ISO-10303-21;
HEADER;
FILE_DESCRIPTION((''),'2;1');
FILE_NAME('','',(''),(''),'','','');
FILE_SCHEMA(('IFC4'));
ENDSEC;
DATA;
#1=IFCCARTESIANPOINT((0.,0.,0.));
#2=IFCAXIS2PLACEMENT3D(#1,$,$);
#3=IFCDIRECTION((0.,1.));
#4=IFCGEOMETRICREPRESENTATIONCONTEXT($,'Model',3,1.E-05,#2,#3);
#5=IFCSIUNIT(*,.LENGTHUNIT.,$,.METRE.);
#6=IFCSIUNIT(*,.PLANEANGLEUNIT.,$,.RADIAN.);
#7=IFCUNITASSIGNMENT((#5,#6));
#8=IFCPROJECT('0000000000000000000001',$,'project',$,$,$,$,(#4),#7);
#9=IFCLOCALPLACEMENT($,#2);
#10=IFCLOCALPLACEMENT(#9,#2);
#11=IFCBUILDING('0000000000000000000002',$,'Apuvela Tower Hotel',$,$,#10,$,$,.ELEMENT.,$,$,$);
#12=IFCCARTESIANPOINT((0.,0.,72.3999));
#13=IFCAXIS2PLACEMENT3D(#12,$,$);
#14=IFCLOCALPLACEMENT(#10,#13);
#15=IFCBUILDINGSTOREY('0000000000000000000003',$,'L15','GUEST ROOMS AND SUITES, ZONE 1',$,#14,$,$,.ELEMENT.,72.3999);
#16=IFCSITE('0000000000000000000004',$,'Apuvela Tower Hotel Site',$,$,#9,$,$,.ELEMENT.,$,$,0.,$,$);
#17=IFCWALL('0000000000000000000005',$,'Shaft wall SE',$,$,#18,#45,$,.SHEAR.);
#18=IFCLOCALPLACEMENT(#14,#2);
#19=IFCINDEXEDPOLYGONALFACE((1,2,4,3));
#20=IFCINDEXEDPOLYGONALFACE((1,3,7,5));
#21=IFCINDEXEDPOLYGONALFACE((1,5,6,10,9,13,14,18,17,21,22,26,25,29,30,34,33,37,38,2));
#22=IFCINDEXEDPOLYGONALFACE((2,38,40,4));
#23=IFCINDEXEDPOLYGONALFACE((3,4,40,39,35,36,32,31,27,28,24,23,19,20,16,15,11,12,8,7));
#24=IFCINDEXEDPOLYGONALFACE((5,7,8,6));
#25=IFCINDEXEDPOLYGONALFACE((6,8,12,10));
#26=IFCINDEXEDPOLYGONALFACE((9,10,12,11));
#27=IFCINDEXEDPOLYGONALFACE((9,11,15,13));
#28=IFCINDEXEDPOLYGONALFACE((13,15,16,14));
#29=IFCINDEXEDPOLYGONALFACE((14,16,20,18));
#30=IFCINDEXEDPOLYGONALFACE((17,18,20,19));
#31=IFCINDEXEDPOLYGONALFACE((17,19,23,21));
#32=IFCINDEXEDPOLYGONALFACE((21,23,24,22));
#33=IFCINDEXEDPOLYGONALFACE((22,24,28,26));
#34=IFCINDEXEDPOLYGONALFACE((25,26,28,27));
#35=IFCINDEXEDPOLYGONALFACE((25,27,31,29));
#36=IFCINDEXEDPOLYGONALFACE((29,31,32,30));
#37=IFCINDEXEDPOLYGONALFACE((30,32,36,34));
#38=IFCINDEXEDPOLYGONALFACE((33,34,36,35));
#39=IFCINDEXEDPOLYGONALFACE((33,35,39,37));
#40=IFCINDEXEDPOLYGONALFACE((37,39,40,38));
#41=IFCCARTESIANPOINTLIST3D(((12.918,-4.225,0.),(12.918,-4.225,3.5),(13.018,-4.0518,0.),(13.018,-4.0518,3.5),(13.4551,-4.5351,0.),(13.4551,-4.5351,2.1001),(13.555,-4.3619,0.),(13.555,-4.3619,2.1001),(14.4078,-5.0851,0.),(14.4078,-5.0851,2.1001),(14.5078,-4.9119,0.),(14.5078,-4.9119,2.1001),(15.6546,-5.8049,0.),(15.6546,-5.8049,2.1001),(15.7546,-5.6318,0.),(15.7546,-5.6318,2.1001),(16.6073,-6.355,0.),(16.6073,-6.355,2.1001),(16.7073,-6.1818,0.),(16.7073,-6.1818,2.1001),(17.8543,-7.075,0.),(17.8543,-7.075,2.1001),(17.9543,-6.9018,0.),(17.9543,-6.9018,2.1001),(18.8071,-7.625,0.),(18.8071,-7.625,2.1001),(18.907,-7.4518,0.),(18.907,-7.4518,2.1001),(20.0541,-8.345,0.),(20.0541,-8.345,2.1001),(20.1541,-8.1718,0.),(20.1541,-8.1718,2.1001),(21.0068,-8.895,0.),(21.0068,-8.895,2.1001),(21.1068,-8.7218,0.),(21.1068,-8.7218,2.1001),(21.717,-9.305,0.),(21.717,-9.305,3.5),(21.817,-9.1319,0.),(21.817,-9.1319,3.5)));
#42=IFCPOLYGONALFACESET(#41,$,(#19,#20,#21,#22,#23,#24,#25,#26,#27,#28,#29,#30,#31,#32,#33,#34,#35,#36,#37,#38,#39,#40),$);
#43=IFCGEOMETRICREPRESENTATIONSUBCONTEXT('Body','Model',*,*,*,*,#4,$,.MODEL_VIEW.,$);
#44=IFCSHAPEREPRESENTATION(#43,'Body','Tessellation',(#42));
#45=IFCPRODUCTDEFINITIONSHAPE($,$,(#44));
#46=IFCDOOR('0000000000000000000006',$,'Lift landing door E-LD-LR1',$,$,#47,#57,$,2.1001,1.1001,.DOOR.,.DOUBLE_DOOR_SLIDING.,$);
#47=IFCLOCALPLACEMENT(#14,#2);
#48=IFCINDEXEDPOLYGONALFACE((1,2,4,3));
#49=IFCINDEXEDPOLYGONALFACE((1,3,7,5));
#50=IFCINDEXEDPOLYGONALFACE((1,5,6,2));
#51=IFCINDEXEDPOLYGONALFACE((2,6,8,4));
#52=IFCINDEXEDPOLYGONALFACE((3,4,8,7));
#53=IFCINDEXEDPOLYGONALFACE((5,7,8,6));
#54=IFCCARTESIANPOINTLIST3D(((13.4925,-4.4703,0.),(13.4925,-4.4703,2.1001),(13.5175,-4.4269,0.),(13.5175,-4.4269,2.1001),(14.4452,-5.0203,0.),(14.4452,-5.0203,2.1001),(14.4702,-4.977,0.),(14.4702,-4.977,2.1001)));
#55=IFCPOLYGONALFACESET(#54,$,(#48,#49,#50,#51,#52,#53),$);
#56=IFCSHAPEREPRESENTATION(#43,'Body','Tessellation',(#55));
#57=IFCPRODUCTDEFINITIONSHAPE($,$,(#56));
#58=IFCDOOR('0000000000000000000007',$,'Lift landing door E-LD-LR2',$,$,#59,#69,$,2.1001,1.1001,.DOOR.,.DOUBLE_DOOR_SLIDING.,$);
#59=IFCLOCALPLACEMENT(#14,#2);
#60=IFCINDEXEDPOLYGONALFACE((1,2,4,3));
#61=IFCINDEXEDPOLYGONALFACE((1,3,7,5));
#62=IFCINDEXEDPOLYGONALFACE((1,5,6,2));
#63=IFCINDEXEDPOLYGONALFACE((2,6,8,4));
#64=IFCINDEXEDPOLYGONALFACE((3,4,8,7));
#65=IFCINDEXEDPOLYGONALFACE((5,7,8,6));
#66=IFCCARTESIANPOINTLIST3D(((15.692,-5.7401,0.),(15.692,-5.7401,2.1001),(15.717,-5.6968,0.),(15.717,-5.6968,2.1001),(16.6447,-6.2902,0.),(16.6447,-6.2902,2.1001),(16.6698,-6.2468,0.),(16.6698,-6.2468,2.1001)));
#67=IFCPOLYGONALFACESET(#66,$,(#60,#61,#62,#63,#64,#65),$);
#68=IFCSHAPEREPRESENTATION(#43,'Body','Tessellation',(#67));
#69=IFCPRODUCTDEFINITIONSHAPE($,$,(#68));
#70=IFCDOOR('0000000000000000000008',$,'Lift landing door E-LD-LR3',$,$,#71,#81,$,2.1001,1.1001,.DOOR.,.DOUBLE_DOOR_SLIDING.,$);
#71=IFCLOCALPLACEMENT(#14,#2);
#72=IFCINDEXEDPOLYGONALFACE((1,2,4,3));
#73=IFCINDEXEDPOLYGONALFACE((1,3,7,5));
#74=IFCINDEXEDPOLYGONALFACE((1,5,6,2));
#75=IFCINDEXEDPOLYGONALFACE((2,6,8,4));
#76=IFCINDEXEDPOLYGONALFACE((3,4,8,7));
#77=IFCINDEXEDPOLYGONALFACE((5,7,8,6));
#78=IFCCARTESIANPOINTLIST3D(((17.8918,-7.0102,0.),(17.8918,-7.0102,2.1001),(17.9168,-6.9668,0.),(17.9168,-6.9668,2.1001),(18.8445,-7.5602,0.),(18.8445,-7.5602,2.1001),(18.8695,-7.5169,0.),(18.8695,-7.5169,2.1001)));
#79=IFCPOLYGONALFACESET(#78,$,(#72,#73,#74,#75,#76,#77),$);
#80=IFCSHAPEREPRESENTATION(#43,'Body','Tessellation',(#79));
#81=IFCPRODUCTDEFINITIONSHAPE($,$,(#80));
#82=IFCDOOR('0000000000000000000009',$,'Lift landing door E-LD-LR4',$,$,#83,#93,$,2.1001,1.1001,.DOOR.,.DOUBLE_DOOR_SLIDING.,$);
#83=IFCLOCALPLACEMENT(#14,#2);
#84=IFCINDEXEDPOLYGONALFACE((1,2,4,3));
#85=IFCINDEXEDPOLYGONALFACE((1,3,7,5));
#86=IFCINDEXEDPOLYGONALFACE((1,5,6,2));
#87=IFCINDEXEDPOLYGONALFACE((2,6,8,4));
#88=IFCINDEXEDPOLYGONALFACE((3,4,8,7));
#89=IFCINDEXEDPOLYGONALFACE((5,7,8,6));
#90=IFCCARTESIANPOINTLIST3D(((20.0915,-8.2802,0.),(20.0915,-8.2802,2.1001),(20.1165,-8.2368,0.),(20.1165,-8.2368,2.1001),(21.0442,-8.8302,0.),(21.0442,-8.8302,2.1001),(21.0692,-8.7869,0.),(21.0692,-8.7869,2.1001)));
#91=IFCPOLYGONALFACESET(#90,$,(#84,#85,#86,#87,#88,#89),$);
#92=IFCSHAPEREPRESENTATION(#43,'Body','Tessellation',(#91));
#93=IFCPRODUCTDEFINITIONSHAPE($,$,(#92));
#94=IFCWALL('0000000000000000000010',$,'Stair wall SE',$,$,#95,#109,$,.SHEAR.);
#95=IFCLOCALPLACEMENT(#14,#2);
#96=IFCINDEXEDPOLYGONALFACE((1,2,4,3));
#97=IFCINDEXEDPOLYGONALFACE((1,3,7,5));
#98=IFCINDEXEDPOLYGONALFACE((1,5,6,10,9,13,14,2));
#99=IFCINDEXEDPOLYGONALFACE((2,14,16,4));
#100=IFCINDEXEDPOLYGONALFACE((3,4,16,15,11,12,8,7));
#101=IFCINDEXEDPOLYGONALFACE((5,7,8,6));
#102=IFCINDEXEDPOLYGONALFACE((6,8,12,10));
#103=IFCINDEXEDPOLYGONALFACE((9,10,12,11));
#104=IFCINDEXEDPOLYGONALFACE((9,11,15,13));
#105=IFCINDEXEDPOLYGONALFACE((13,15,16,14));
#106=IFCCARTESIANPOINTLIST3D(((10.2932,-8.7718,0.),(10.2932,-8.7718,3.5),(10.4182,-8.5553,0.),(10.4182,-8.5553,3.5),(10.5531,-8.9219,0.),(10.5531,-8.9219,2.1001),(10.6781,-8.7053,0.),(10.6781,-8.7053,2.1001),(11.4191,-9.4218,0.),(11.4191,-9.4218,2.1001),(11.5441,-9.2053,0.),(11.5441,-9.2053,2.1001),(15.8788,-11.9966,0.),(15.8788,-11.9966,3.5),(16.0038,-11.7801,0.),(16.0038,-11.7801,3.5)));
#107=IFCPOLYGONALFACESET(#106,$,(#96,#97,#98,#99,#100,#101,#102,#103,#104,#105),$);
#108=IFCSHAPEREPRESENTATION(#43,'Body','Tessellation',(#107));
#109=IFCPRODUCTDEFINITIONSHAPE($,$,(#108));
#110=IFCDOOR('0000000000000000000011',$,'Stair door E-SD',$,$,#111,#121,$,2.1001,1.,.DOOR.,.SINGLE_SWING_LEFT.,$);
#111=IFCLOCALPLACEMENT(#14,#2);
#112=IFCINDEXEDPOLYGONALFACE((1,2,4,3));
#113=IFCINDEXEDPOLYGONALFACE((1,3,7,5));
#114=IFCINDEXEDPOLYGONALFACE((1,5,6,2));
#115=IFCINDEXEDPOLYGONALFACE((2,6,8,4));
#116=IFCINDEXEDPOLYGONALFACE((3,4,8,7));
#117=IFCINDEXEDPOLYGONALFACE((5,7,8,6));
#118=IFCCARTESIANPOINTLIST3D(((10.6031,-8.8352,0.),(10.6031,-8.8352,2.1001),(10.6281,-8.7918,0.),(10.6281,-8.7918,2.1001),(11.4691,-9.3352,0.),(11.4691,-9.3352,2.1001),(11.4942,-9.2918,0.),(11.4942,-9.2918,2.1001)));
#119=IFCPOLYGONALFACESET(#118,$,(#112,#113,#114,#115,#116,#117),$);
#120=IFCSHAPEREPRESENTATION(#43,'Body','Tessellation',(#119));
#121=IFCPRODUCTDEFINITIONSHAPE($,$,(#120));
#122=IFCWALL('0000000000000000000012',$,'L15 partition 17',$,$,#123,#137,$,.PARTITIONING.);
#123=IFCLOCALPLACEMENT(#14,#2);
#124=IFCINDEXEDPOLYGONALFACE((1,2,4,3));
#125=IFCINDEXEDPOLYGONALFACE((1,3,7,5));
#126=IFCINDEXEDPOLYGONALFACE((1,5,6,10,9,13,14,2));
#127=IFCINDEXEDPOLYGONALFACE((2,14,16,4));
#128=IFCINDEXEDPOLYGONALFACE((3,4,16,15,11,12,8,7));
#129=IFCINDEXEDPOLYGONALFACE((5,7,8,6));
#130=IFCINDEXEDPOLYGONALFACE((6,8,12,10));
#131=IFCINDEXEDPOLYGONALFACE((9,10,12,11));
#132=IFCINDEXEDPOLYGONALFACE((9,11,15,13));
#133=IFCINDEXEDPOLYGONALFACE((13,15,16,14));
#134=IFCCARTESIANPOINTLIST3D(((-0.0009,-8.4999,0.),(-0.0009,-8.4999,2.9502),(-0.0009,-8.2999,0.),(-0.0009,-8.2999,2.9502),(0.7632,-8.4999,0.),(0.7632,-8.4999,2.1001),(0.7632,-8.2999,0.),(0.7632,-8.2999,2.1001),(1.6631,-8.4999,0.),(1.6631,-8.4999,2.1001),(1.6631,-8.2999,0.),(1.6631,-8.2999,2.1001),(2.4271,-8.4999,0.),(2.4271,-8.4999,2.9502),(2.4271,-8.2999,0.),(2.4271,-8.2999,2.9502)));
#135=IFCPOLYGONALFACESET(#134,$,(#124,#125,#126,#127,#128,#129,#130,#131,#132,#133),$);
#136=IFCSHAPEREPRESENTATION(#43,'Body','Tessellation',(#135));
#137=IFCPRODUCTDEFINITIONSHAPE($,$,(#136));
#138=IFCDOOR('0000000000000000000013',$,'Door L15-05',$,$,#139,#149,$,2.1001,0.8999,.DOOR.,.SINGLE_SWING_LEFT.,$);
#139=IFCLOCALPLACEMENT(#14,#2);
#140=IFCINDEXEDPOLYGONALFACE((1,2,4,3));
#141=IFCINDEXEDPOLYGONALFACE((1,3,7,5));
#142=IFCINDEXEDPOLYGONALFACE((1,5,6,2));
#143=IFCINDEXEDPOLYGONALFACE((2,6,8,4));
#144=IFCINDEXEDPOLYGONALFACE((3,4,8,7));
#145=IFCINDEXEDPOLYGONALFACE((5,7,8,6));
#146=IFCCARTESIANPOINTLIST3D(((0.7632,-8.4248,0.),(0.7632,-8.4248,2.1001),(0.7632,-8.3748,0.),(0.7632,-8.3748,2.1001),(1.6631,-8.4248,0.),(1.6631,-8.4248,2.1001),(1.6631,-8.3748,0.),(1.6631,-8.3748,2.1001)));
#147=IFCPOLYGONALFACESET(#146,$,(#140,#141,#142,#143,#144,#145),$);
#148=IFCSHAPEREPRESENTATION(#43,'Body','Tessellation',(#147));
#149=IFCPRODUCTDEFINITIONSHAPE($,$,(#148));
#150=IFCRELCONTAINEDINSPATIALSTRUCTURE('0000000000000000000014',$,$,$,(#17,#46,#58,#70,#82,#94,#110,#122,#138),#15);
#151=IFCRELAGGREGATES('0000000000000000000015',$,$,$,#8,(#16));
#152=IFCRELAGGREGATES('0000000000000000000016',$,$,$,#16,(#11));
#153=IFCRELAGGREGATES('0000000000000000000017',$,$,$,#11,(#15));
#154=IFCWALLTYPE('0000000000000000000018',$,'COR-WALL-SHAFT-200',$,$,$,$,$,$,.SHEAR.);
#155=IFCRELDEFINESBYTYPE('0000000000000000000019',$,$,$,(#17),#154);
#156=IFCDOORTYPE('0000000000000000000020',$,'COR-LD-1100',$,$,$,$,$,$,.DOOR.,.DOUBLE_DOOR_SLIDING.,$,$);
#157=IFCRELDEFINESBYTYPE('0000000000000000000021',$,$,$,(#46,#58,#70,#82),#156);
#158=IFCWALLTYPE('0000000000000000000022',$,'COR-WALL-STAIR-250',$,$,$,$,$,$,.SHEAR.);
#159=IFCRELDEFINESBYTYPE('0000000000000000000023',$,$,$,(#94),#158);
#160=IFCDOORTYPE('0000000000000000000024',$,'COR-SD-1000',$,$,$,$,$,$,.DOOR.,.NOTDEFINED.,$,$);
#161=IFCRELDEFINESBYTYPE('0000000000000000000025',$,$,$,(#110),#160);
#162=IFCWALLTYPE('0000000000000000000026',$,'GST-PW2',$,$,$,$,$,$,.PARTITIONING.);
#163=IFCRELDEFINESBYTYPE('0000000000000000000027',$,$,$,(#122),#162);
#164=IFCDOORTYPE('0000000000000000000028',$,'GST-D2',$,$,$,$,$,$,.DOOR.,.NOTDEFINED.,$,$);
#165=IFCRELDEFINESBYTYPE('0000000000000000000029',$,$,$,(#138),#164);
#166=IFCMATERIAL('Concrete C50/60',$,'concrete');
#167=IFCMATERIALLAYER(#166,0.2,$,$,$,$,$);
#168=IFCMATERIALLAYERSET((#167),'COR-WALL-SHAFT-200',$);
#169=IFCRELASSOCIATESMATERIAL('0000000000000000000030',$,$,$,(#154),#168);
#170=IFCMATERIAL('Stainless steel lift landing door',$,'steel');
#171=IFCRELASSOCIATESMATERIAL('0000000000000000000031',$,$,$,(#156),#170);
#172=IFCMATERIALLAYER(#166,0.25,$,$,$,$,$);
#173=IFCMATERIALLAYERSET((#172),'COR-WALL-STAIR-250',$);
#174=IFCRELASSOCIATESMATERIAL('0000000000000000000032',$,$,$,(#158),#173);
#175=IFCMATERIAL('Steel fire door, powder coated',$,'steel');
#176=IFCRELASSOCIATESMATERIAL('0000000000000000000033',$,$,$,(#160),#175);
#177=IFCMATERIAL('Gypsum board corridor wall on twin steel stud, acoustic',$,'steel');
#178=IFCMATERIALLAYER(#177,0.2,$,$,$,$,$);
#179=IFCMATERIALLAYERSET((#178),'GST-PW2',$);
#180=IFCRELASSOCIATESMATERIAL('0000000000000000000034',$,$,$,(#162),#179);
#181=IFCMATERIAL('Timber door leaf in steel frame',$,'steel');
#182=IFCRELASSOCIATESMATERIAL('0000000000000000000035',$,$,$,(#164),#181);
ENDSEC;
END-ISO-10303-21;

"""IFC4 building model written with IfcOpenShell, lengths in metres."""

from ifc_helpers import new_model, si_unit, direction, frame, frame_2d, origin, place, context, subcontext, project, spatial, rectangle, extrude, material, layer, layer_set, type_object, element, fill, save


model = new_model("IFC4")

# Units and contexts
model_context = context("Model", 3, precision=1e-05, world=origin(), true_north=direction((0.0, 1.0)))
body_context = subcontext(model_context, "Body", "Model", "MODEL_VIEW")
ifc_project = project(units=[si_unit("LENGTHUNIT", "METRE"), si_unit("PLANEANGLEUNIT", "RADIAN")], contexts=[model_context])

# Site, building, storey
site_placement = place(None, origin())
site = spatial("IfcSite", under=ifc_project, at=site_placement, Name="Apuvela Tower Hotel Site", CompositionType="ELEMENT", RefElevation=0.0)
building_placement = place(site_placement, origin())
building = spatial("IfcBuilding", under=site, at=building_placement, Name="Apuvela Tower Hotel", CompositionType="ELEMENT")
storey_placement = place(building_placement, frame((0.0, 0.0, 72.3999)))
storey = spatial("IfcBuildingStorey", under=building, at=storey_placement, Name="L15", Description="GUEST ROOMS AND SUITES, ZONE 1", CompositionType="ELEMENT", Elevation=72.3999)

# Shared definitions
ifc_material_1 = material(Name="Concrete C50/60", Category="concrete")
ifc_material_2 = material(Name="Steel fire door, powder coated", Category="steel")

# Shared definitions
ifc_layer_1 = layer(ifc_material_1, 0.2)
ifc_layer_set_1 = layer_set([ifc_layer_1], Name="COR-WALL-SHAFT-200")
wall_type_1 = type_object("IfcWallType", Name="COR-WALL-SHAFT-200", PredefinedType="SHEAR", material=ifc_layer_set_1)
ifc_material_3 = material(Name="Stainless steel lift landing door", Category="steel")

# Wall, openings, doors
wall_1_placement = place(storey_placement, frame((12.968, -4.1384, 0.0), z_axis=(0.0, 0.0, 1.0), x_axis=(0.866028, -0.499995, 0.0)))
wall_1 = element("IfcWall", 1, at=wall_1_placement, inside=storey, type_object=wall_type_1, Name="Shaft wall SE", PredefinedType="SHEAR", context=body_context, shape_type="SweptSolid", body=[
    extrude(rectangle(XDim=10.1602, YDim=0.2, at=frame_2d((5.0801, 0.0))), origin(), (0.0, 0.0, 1.0), 3.5),
])
opening_1_placement = place(wall_1_placement, frame((0.6201, 0.0, 0.0)))
opening_1 = element("IfcOpeningElement", 2, at=opening_1_placement, cuts=wall_1, PredefinedType="OPENING", context=body_context, shape_type="SweptSolid", body=[
    extrude(rectangle(XDim=1.1001, YDim=2.1001, at=frame_2d((0.55, 1.05))), frame((0.0, 0.1099, 0.0), z_axis=(0.0, -1.0, 0.0), x_axis=(1.0, 0.0, 0.0)), (0.0, 0.0, 1.0), 0.22),
])
opening_2_placement = place(wall_1_placement, frame((3.1599, 0.0, 0.0)))
opening_2 = element("IfcOpeningElement", 3, at=opening_2_placement, cuts=wall_1, PredefinedType="OPENING", context=body_context, shape_type="SweptSolid", body=[
    extrude(rectangle(XDim=1.1001, YDim=2.1001, at=frame_2d((0.55, 1.05))), frame((0.0, 0.1099, 0.0), z_axis=(0.0, -1.0, 0.0), x_axis=(1.0, 0.0, 0.0)), (0.0, 0.0, 1.0), 0.22),
])
opening_3_placement = place(wall_1_placement, frame((5.7, 0.0, 0.0)))
opening_3 = element("IfcOpeningElement", 4, at=opening_3_placement, cuts=wall_1, PredefinedType="OPENING", context=body_context, shape_type="SweptSolid", body=[
    extrude(rectangle(XDim=1.1001, YDim=2.1001, at=frame_2d((0.55, 1.05))), frame((0.0, 0.1099, 0.0), z_axis=(0.0, -1.0, 0.0), x_axis=(1.0, 0.0, 0.0)), (0.0, 0.0, 1.0), 0.22),
])
opening_4_placement = place(wall_1_placement, frame((8.24, 0.0, 0.0)))
opening_4 = element("IfcOpeningElement", 5, at=opening_4_placement, cuts=wall_1, PredefinedType="OPENING", context=body_context, shape_type="SweptSolid", body=[
    extrude(rectangle(XDim=1.1001, YDim=2.1001, at=frame_2d((0.55, 1.05))), frame((0.0, 0.1099, 0.0), z_axis=(0.0, -1.0, 0.0), x_axis=(1.0, 0.0, 0.0)), (0.0, 0.0, 1.0), 0.22),
])
door_type_1 = type_object("IfcDoorType", Name="COR-LD-1100", OperationType="DOUBLE_DOOR_SLIDING", PredefinedType="DOOR", material=ifc_material_3)
door_1_placement = place(opening_1_placement, origin())
door_1 = element("IfcDoor", 6, at=door_1_placement, inside=storey, type_object=door_type_1, Name="Lift landing door E-LD-LR1", OperationType="DOUBLE_DOOR_SLIDING", OverallHeight=2.1001, OverallWidth=1.1001, PredefinedType="DOOR", context=body_context, shape_type="SweptSolid", body=[
    extrude(rectangle(XDim=1.1001, YDim=2.1001, at=frame_2d((0.55, 1.05))), frame((0.0, 0.0249, 0.0), z_axis=(0.0, -1.0, 0.0), x_axis=(1.0, 0.0, 0.0)), (0.0, 0.0, 1.0), 0.05),
])
fill(opening_1, door_1)
door_2_placement = place(opening_2_placement, origin())
door_2 = element("IfcDoor", 7, at=door_2_placement, inside=storey, type_object=door_type_1, Name="Lift landing door E-LD-LR2", OperationType="DOUBLE_DOOR_SLIDING", OverallHeight=2.1001, OverallWidth=1.1001, PredefinedType="DOOR", context=body_context, shape_type="SweptSolid", body=[
    extrude(rectangle(XDim=1.1001, YDim=2.1001, at=frame_2d((0.55, 1.05))), frame((0.0, 0.0249, 0.0), z_axis=(0.0, -1.0, 0.0), x_axis=(1.0, 0.0, 0.0)), (0.0, 0.0, 1.0), 0.05),
])
fill(opening_2, door_2)
door_3_placement = place(opening_3_placement, origin())
door_3 = element("IfcDoor", 8, at=door_3_placement, inside=storey, type_object=door_type_1, Name="Lift landing door E-LD-LR3", OperationType="DOUBLE_DOOR_SLIDING", OverallHeight=2.1001, OverallWidth=1.1001, PredefinedType="DOOR", context=body_context, shape_type="SweptSolid", body=[
    extrude(rectangle(XDim=1.1001, YDim=2.1001, at=frame_2d((0.55, 1.05))), frame((0.0, 0.0249, 0.0), z_axis=(0.0, -1.0, 0.0), x_axis=(1.0, 0.0, 0.0)), (0.0, 0.0, 1.0), 0.05),
])
fill(opening_3, door_3)
door_4_placement = place(opening_4_placement, origin())
door_4 = element("IfcDoor", 9, at=door_4_placement, inside=storey, type_object=door_type_1, Name="Lift landing door E-LD-LR4", OperationType="DOUBLE_DOOR_SLIDING", OverallHeight=2.1001, OverallWidth=1.1001, PredefinedType="DOOR", context=body_context, shape_type="SweptSolid", body=[
    extrude(rectangle(XDim=1.1001, YDim=2.1001, at=frame_2d((0.55, 1.05))), frame((0.0, 0.0249, 0.0), z_axis=(0.0, -1.0, 0.0), x_axis=(1.0, 0.0, 0.0)), (0.0, 0.0, 1.0), 0.05),
])
fill(opening_4, door_4)

# Walls, openings, doors
ifc_layer_2 = layer(ifc_material_1, 0.25)
ifc_layer_set_2 = layer_set([ifc_layer_2], Name="COR-WALL-STAIR-250")
wall_type_2 = type_object("IfcWallType", Name="COR-WALL-STAIR-250", PredefinedType="SHEAR", material=ifc_layer_set_2)
wall_2_placement = place(storey_placement, frame((10.3557, -8.6636, 0.0), z_axis=(0.0, 0.0, 1.0), x_axis=(0.866029, -0.499994, 0.0)))
wall_2 = element("IfcWall", 10, at=wall_2_placement, inside=storey, type_object=wall_type_2, Name="Stair wall SE", PredefinedType="SHEAR", context=body_context, shape_type="SweptSolid", body=[
    extrude(rectangle(XDim=6.4497, YDim=0.25, at=frame_2d((3.2249, 0.0))), origin(), (0.0, 0.0, 1.0), 3.5),
])
opening_5_placement = place(wall_2_placement, frame((0.3, 0.0, 0.0)))
opening_5 = element("IfcOpeningElement", 11, at=opening_5_placement, cuts=wall_2, PredefinedType="OPENING", context=body_context, shape_type="SweptSolid", body=[
    extrude(rectangle(XDim=1.0, YDim=2.1001, at=frame_2d((0.5, 1.05))), frame((0.0, 0.135, 0.0), z_axis=(0.0, -1.0, 0.0), x_axis=(1.0, 0.0, 0.0)), (0.0, 0.0, 1.0), 0.27),
])
door_type_2 = type_object("IfcDoorType", Name="COR-SD-1000", OperationType="NOTDEFINED", PredefinedType="DOOR", material=ifc_material_2)
door_5_placement = place(opening_5_placement, frame((1.0, 0.0, 0.0), z_axis=(0.0, 0.0, 1.0), x_axis=(-1.0, 0.0, 0.0)))
door_5 = element("IfcDoor", 12, at=door_5_placement, inside=storey, type_object=door_type_2, Name="Stair door E-SD", OperationType="SINGLE_SWING_LEFT", OverallHeight=2.1001, OverallWidth=1.0, PredefinedType="DOOR", context=body_context, shape_type="SweptSolid", body=[
    extrude(rectangle(XDim=1.0, YDim=2.1001, at=frame_2d((0.5, 1.05))), frame((0.0, 0.0249, 0.0), z_axis=(0.0, -1.0, 0.0), x_axis=(1.0, 0.0, 0.0)), (0.0, 0.0, 1.0), 0.05),
])
fill(opening_5, door_5)
ifc_material_4 = material(Name="Gypsum board corridor wall on twin steel stud, acoustic", Category="steel")
ifc_layer_3 = layer(ifc_material_4, 0.2)
ifc_layer_set_3 = layer_set([ifc_layer_3], Name="GST-PW2")
wall_type_3 = type_object("IfcWallType", Name="GST-PW2", PredefinedType="PARTITIONING", material=ifc_layer_set_3)
wall_3_placement = place(storey_placement, frame((2.427, -8.3999, 0.0), z_axis=(0.0, 0.0, 1.0), x_axis=(-1.0, 0.0, 0.0)))
wall_3 = element("IfcWall", 13, at=wall_3_placement, inside=storey, type_object=wall_type_3, Name="L15 partition 17", PredefinedType="PARTITIONING", context=body_context, shape_type="SweptSolid", body=[
    extrude(rectangle(XDim=2.428, YDim=0.2, at=frame_2d((1.2139, 0.0))), origin(), (0.0, 0.0, 1.0), 2.9502),
])
opening_6_placement = place(wall_3_placement, frame((0.7639, 0.0, 0.0)))
opening_6 = element("IfcOpeningElement", 14, at=opening_6_placement, cuts=wall_3, PredefinedType="OPENING", context=body_context, shape_type="SweptSolid", body=[
    extrude(rectangle(XDim=0.8999, YDim=2.1001, at=frame_2d((0.45, 1.05))), frame((0.0, 0.1099, 0.0), z_axis=(0.0, -1.0, 0.0), x_axis=(1.0, 0.0, 0.0)), (0.0, 0.0, 1.0), 0.22),
])
ifc_material_5 = material(Name="Timber door leaf in steel frame", Category="steel")
door_type_3 = type_object("IfcDoorType", Name="GST-D2", OperationType="NOTDEFINED", PredefinedType="DOOR", material=ifc_material_5)
door_6_placement = place(opening_6_placement, origin())
door_6 = element("IfcDoor", 15, at=door_6_placement, inside=storey, type_object=door_type_3, Name="Door L15-05", OperationType="SINGLE_SWING_LEFT", OverallHeight=2.1001, OverallWidth=0.8999, PredefinedType="DOOR", context=body_context, shape_type="SweptSolid", body=[
    extrude(rectangle(XDim=0.8999, YDim=2.1001, at=frame_2d((0.45, 1.05))), frame((0.0, 0.0249, 0.0), z_axis=(0.0, -1.0, 0.0), x_axis=(1.0, 0.0, 0.0)), (0.0, 0.0, 1.0), 0.05),
])
fill(opening_6, door_6)

save(model, "model.ifc")
